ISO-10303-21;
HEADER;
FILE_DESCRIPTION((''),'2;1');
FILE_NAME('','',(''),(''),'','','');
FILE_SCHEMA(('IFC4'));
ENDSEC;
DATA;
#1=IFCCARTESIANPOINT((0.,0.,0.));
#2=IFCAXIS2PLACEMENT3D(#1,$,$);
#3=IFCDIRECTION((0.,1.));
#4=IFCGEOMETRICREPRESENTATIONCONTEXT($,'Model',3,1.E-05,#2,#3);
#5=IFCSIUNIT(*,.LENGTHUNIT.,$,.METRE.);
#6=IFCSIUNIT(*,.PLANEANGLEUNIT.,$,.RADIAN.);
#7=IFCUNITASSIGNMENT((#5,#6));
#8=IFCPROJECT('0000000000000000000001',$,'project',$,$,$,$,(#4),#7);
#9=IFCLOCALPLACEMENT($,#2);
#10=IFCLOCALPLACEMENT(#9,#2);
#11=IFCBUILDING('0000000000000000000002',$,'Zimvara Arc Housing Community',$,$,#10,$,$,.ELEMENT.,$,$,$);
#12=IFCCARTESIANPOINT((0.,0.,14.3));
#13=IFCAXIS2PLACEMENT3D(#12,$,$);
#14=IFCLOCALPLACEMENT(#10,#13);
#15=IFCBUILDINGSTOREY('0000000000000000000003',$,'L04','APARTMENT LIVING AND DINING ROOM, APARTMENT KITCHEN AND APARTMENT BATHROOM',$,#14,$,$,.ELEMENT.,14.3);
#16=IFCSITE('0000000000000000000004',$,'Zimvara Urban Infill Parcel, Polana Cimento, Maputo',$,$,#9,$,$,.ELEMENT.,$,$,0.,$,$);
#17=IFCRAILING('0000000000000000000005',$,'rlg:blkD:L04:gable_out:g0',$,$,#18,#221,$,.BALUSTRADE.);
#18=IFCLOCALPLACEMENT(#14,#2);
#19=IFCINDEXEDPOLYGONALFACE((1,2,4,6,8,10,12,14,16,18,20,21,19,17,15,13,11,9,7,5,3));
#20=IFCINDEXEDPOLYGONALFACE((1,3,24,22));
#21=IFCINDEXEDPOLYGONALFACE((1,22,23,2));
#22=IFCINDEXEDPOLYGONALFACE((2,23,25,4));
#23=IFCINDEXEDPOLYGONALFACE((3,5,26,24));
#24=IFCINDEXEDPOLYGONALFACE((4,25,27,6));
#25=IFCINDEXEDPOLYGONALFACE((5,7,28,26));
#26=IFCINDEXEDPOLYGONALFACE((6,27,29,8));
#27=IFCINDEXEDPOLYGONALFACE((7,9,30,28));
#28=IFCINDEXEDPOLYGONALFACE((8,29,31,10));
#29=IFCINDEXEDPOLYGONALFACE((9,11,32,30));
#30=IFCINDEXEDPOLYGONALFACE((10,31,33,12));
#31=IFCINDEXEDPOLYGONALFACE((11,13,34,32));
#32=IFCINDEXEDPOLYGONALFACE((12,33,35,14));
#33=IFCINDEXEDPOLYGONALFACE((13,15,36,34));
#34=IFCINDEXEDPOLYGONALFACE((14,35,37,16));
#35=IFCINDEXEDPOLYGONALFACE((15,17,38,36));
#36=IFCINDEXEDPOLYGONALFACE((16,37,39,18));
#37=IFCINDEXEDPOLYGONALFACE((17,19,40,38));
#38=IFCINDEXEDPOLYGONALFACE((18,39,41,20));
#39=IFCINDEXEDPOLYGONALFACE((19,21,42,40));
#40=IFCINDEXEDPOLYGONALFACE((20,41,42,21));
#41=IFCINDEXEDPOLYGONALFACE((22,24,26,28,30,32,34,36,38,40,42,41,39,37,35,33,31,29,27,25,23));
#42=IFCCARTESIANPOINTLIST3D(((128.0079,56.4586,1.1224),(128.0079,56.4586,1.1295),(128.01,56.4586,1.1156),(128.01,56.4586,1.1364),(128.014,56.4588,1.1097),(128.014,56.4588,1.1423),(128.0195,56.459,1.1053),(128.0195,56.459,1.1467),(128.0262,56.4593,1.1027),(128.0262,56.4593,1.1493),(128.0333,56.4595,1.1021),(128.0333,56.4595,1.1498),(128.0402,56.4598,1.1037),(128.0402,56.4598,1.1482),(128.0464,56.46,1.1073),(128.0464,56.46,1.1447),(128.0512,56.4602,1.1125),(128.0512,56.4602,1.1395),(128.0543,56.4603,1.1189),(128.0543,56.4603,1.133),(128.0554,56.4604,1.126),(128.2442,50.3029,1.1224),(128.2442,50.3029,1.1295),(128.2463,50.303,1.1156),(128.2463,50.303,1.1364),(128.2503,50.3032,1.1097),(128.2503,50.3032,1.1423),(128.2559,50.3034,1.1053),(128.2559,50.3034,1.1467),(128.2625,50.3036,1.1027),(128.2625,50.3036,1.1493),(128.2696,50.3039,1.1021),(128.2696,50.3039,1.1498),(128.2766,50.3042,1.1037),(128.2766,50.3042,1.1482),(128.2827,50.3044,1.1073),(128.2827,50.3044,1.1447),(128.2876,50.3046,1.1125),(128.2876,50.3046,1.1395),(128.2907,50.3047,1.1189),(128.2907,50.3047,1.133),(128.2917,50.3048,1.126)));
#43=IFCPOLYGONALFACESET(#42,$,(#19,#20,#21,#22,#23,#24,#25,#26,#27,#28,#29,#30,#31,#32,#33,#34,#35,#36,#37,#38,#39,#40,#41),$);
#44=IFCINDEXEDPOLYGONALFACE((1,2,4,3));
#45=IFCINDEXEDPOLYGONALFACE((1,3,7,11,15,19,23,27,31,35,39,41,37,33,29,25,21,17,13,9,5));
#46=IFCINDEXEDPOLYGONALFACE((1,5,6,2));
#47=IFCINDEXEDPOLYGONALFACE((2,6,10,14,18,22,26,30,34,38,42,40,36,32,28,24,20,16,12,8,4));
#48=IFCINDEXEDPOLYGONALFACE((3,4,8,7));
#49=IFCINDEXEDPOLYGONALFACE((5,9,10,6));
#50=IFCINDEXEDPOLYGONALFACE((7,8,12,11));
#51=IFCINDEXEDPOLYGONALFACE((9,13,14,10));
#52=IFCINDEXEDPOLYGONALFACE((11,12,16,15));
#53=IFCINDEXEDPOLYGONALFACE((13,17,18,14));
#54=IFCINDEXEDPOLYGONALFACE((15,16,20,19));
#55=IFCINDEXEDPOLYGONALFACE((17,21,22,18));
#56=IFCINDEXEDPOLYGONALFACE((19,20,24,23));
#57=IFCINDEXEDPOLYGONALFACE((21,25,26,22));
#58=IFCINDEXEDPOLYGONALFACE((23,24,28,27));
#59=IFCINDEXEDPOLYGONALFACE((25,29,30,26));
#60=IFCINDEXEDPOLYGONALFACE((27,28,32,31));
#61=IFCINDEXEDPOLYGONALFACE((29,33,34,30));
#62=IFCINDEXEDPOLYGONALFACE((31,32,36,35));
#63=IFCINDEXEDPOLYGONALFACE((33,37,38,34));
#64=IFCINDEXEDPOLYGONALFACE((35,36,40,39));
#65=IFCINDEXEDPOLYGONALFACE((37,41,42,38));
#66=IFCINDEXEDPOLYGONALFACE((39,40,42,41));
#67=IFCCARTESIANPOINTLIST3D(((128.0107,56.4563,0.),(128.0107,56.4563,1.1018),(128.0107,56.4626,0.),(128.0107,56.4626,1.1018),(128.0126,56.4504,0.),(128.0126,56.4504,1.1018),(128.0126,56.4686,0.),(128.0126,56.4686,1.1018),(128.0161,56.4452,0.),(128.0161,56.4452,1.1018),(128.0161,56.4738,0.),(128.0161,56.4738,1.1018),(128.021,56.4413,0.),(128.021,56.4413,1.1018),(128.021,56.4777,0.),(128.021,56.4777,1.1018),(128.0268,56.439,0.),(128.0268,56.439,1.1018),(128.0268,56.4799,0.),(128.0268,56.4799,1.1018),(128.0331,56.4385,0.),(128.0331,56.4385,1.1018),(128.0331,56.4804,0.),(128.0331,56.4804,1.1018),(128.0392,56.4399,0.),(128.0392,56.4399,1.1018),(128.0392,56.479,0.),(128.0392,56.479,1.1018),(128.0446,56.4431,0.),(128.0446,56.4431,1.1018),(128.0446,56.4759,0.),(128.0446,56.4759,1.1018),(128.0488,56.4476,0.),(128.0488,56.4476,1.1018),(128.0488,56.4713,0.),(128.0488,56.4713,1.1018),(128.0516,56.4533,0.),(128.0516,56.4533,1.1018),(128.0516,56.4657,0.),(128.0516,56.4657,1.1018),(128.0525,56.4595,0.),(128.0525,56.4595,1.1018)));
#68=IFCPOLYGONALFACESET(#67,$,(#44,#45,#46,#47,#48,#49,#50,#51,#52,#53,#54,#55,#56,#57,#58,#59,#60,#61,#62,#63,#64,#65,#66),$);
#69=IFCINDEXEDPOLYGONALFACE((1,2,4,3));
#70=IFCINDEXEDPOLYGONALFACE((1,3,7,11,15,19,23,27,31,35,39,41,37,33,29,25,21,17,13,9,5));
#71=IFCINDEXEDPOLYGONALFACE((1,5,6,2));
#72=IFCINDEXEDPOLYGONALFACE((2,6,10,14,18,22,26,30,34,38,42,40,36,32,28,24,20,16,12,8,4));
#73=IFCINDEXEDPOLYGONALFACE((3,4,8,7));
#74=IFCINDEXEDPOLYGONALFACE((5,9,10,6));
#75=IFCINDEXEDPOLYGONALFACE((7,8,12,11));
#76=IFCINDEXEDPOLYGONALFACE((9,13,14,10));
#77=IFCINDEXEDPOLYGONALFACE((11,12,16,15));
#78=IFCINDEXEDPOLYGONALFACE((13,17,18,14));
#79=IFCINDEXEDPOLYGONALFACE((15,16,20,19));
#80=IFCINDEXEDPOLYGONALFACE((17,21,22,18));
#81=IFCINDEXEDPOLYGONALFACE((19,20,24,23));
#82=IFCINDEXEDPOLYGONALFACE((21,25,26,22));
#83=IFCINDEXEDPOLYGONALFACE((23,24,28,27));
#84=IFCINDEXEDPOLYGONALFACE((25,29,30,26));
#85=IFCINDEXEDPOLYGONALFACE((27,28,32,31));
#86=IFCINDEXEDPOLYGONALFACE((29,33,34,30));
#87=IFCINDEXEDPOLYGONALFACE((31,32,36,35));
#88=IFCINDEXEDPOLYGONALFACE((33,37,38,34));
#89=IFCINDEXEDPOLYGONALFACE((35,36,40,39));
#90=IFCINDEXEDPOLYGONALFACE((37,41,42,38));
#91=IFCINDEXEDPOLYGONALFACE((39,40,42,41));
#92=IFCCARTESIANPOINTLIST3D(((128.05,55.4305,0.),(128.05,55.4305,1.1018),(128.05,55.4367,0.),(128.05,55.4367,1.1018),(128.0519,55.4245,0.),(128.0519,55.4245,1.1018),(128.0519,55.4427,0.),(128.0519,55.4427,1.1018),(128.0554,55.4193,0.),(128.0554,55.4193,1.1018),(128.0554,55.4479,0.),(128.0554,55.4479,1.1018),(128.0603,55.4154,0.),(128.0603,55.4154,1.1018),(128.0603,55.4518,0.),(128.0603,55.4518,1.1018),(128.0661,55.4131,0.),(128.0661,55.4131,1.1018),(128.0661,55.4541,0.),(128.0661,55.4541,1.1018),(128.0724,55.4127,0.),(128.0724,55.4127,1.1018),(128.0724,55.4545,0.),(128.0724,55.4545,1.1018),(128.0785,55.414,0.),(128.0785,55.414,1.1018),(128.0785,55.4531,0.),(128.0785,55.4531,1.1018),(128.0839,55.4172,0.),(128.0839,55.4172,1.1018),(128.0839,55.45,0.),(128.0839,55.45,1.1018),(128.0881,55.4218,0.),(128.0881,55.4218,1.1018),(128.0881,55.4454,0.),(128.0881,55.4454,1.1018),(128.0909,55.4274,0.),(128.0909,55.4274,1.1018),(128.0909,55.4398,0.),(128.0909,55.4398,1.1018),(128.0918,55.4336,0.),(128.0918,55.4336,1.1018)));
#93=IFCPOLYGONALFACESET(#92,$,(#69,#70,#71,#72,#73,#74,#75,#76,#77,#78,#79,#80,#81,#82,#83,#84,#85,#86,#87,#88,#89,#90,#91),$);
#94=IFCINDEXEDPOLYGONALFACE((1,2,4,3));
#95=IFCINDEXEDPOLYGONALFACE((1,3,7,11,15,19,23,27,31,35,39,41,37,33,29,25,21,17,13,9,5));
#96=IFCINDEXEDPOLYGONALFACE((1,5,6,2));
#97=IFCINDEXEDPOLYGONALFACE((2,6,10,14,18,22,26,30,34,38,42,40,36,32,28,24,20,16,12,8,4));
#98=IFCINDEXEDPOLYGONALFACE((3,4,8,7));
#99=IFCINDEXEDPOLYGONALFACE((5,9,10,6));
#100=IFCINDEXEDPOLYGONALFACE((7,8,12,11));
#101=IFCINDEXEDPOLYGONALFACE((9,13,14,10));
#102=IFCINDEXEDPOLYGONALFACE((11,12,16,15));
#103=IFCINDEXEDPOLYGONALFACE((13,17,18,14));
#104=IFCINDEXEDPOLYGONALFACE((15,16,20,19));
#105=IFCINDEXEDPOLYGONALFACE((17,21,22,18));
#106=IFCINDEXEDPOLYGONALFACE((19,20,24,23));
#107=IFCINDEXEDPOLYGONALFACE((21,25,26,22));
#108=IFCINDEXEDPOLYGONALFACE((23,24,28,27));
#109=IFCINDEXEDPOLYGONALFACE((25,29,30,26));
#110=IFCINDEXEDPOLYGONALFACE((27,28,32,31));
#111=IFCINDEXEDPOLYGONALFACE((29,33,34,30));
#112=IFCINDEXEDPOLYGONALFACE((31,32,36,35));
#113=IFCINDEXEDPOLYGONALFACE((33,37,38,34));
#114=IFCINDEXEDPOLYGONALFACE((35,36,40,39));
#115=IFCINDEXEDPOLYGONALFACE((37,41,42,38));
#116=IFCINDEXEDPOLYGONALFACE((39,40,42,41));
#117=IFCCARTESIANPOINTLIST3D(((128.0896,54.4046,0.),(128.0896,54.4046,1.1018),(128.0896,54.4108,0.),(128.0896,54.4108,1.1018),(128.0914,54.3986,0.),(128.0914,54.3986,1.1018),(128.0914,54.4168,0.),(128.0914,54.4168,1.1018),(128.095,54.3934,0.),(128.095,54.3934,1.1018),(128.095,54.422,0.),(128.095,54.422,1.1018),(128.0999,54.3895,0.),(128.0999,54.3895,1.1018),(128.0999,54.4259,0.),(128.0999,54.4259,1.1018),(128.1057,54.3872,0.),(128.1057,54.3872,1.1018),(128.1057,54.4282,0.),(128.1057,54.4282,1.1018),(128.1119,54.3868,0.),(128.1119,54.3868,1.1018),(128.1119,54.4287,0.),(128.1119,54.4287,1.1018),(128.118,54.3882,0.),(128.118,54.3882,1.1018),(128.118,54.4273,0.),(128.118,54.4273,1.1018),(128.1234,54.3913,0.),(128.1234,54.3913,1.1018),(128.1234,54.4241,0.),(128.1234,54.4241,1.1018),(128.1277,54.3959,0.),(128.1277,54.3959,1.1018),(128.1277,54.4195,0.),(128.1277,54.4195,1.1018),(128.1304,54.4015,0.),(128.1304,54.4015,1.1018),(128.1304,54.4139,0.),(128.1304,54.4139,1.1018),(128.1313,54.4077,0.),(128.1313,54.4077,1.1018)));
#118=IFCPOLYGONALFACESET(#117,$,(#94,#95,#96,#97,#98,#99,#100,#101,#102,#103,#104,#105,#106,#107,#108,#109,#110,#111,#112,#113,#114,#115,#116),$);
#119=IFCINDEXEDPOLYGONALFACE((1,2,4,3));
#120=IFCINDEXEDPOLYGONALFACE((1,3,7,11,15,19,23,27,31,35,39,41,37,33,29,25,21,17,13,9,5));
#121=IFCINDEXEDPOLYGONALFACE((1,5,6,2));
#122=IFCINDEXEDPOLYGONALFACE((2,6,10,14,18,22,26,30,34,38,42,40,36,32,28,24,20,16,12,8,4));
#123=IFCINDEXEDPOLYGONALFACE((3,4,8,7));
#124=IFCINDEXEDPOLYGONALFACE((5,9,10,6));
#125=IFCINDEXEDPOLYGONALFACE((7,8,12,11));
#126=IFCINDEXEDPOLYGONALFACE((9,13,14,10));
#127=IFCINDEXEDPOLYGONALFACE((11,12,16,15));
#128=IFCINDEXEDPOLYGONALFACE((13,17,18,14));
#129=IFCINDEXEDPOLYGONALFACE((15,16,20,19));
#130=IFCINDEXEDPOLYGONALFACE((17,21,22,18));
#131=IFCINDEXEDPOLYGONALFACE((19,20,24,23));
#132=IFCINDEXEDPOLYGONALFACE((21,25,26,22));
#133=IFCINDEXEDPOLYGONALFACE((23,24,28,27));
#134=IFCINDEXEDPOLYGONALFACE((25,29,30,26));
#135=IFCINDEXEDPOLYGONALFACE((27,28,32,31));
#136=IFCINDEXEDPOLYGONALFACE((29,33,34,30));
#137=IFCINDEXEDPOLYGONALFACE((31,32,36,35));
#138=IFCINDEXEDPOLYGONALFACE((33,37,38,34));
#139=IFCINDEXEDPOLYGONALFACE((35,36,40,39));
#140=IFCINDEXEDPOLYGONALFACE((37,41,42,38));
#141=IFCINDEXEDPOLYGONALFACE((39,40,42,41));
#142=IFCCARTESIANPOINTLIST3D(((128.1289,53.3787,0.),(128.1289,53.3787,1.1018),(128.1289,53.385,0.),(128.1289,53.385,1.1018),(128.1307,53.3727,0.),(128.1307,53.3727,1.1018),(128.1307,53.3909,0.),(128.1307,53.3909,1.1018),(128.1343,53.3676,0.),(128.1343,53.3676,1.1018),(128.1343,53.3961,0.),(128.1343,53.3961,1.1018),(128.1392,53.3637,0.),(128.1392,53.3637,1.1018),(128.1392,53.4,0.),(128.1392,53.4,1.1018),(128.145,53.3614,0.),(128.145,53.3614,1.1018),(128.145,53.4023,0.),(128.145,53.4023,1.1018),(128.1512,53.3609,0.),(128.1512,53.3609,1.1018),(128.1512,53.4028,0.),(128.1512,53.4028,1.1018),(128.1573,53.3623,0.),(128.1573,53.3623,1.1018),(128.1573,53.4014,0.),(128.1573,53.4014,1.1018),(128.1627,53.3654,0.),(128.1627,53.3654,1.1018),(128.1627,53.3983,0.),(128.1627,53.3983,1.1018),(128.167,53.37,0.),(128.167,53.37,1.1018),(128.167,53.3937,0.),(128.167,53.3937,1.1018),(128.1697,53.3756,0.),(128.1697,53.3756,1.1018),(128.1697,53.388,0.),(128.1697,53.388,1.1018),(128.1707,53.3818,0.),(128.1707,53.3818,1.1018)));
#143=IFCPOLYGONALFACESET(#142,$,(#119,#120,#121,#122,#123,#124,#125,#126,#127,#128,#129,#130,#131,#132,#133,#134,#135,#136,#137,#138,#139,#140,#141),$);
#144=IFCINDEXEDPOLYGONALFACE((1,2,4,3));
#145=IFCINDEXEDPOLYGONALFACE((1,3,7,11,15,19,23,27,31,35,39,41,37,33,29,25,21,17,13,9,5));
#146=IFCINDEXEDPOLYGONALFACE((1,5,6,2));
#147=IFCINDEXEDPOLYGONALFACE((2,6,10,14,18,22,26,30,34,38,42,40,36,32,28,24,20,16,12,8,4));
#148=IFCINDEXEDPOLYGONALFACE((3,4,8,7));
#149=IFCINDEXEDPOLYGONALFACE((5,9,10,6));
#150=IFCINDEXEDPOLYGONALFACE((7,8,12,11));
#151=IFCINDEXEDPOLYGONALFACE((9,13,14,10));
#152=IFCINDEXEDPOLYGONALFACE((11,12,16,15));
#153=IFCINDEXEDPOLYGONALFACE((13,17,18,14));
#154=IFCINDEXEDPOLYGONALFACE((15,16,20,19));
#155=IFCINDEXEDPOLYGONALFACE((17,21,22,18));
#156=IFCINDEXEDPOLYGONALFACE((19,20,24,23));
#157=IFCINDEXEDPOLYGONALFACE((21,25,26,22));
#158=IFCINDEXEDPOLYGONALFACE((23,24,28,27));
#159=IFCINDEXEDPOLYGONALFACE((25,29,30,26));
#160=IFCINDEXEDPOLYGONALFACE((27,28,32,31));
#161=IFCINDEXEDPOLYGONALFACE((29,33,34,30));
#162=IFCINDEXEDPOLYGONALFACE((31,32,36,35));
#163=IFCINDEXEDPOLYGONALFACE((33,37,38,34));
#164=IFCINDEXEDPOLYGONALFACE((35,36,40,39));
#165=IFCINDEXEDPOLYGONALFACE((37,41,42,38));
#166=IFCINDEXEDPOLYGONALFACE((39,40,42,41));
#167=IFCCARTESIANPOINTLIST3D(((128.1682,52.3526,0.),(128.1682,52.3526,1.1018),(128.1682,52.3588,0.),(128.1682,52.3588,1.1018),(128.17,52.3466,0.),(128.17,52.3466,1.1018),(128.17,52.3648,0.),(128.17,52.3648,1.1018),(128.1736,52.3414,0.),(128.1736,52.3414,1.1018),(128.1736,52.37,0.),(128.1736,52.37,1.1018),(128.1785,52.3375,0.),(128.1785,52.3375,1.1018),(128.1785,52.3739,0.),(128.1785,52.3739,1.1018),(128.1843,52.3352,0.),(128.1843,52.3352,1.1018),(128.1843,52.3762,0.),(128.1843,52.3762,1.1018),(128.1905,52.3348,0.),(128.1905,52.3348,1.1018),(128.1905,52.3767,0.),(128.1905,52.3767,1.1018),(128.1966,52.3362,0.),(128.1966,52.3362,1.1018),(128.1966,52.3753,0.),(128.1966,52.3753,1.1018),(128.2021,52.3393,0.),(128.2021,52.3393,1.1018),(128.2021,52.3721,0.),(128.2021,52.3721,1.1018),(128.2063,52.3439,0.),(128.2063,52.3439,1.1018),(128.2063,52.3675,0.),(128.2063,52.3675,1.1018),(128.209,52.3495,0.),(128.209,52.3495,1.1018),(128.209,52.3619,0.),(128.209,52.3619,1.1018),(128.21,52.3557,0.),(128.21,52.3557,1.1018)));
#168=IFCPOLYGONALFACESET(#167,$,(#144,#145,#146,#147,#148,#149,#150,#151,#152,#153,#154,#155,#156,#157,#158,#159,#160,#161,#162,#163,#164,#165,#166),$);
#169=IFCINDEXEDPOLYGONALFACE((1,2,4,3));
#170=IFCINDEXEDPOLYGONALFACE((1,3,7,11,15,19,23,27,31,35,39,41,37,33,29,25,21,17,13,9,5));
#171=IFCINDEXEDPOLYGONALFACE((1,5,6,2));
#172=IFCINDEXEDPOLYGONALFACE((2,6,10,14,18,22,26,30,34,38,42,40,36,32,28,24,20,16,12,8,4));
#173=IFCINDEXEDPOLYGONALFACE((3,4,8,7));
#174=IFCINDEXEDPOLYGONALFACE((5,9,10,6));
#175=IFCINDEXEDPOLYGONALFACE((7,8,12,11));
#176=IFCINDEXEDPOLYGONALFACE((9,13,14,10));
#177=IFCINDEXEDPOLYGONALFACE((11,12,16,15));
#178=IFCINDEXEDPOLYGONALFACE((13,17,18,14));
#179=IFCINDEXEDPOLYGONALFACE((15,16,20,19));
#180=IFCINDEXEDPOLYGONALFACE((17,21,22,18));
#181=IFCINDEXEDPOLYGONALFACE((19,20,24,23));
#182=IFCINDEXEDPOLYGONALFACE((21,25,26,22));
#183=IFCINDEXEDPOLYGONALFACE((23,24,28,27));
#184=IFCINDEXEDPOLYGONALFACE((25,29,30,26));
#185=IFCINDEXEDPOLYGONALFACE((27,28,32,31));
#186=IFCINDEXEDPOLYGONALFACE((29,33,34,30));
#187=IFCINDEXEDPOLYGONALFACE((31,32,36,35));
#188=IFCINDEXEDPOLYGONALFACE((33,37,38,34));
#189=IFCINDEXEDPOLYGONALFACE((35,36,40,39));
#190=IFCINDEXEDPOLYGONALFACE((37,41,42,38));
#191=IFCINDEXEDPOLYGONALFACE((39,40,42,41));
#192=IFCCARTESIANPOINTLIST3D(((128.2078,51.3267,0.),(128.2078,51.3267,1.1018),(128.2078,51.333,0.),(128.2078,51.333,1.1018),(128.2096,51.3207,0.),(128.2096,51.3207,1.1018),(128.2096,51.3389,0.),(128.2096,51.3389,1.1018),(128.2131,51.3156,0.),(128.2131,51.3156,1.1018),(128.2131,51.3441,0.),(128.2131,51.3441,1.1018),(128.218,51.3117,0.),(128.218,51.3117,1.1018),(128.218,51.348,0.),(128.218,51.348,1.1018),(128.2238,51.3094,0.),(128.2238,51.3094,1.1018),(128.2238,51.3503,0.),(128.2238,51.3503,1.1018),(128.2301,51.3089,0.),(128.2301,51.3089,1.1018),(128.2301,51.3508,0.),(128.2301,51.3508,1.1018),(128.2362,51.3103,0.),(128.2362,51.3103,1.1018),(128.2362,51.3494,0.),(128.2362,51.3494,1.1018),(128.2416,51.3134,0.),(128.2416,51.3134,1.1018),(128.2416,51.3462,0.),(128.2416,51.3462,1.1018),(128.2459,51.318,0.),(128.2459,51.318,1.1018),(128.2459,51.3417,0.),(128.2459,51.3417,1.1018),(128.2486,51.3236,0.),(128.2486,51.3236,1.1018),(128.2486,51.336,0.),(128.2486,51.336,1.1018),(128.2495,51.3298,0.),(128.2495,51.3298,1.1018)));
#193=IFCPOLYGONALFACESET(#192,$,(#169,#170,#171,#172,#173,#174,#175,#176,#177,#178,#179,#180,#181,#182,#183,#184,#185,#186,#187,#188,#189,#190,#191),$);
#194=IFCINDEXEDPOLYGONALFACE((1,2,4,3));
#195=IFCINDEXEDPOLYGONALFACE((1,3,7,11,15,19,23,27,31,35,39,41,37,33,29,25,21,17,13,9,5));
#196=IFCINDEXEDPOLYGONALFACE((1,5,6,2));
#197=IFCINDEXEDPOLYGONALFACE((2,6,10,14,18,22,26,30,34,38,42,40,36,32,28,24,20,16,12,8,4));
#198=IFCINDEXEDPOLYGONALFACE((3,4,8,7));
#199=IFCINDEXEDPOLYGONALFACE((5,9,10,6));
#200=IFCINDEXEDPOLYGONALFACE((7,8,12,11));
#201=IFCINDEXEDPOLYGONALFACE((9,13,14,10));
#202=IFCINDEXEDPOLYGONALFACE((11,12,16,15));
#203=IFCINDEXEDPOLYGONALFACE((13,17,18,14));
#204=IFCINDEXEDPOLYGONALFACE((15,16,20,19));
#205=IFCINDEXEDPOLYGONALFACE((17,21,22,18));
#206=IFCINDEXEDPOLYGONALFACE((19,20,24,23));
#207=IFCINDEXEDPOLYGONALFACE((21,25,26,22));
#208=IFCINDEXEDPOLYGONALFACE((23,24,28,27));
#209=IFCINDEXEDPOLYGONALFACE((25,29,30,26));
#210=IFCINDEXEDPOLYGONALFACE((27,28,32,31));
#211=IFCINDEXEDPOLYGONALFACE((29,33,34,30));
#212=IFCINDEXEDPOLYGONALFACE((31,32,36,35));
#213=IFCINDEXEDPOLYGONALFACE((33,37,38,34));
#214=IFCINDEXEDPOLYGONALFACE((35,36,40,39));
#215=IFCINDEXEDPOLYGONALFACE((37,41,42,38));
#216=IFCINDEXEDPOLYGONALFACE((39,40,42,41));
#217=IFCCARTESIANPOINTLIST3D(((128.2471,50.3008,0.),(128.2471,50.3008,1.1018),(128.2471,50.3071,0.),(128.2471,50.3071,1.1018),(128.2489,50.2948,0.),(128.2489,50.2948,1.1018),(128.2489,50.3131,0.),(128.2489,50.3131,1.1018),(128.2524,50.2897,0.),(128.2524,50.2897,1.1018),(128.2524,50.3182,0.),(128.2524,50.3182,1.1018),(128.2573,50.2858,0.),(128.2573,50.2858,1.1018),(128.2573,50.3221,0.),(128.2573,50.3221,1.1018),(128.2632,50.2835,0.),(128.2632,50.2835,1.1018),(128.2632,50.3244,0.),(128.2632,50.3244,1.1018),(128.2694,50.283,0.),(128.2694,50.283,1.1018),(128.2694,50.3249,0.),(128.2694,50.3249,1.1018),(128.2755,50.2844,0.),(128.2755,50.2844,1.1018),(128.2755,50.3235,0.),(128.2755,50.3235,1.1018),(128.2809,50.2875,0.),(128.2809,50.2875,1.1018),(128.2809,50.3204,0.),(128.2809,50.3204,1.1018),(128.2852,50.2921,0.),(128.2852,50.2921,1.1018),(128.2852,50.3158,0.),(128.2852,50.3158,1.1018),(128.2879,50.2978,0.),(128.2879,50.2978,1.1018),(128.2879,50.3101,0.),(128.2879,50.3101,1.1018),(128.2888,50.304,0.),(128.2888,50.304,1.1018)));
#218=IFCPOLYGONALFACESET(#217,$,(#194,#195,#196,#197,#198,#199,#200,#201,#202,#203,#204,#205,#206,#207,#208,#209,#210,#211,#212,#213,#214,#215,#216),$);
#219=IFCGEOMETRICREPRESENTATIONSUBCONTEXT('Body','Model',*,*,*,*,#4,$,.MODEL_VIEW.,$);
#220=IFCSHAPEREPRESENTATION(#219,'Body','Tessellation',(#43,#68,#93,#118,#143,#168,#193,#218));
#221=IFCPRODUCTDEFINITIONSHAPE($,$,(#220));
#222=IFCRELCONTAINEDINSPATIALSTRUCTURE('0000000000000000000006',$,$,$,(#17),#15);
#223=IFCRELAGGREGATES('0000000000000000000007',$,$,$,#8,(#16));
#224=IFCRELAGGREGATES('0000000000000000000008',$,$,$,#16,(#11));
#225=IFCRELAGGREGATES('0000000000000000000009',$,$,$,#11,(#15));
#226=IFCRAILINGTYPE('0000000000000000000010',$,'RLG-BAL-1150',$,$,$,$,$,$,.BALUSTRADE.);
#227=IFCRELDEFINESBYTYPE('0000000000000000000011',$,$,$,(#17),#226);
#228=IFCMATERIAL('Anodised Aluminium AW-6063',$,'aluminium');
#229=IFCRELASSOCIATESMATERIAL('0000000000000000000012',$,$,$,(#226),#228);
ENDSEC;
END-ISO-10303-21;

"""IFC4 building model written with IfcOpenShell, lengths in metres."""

from ifc_helpers import new_model, si_unit, direction, frame, origin, origin_2d, place, context, subcontext, project, spatial, circle, extrude, material, type_object, element, save


model = new_model("IFC4")

# Units and contexts
model_context = context("Model", 3, precision=1e-05, world=origin(), true_north=direction((0.0, 1.0)))
body_context = subcontext(model_context, "Body", "Model", "MODEL_VIEW")
ifc_project = project(units=[si_unit("LENGTHUNIT", "METRE"), si_unit("PLANEANGLEUNIT", "RADIAN")], contexts=[model_context])

# Site, building, storey
site_placement = place(None, origin())
site = spatial("IfcSite", under=ifc_project, at=site_placement, Name="Zimvara Urban Infill Parcel, Polana Cimento, Maputo", CompositionType="ELEMENT", RefElevation=0.0)
building_placement = place(site_placement, origin())
building = spatial("IfcBuilding", under=site, at=building_placement, Name="Zimvara Arc Housing Community", CompositionType="ELEMENT")
storey_placement = place(building_placement, frame((0.0, 0.0, 14.3)))
storey = spatial("IfcBuildingStorey", under=building, at=storey_placement, Name="L04", Description="APARTMENT LIVING AND DINING ROOM, APARTMENT KITCHEN AND APARTMENT BATHROOM", CompositionType="ELEMENT", Elevation=14.3)

# Railing
ifc_material_1 = material(Name="Anodised Aluminium AW-6063", Category="aluminium")
railing_type = type_object("IfcRailingType", Name="RLG-BAL-1150", PredefinedType="BALUSTRADE", material=ifc_material_1)
railing_placement = place(storey_placement, frame((128.0315, 56.4595, 0.0)))
element("IfcRailing", 1, at=railing_placement, inside=storey, type_object=railing_type, Name="rlg:blkD:L04:gable_out:g0", PredefinedType="BALUSTRADE", context=body_context, shape_type="SweptSolid", body=[
    extrude(circle(Radius=0.0239, at=origin_2d()), frame((0.0, 0.0, 1.126), z_axis=(0.038365, -0.999264, 0.0), x_axis=(0.999264, 0.038365, 0.0)), (0.0, 0.0, 1.0), 6.1602),
    extrude(circle(Radius=0.021, at=origin_2d()), origin(), (0.0, 0.0, 1.0), 1.1018),
    extrude(circle(Radius=0.021, at=origin_2d()), frame((0.0393, -1.0259, 0.0)), (0.0, 0.0, 1.0), 1.1018),
    extrude(circle(Radius=0.021, at=origin_2d()), frame((0.0789, -2.0518, 0.0)), (0.0, 0.0, 1.0), 1.1018),
    extrude(circle(Radius=0.021, at=origin_2d()), frame((0.1182, -3.0776, 0.0)), (0.0, 0.0, 1.0), 1.1018),
    extrude(circle(Radius=0.021, at=origin_2d()), frame((0.1575, -4.1038, 0.0)), (0.0, 0.0, 1.0), 1.1018),
    extrude(circle(Radius=0.021, at=origin_2d()), frame((0.197, -5.1296, 0.0)), (0.0, 0.0, 1.0), 1.1018),
    extrude(circle(Radius=0.021, at=origin_2d()), frame((0.2363, -6.1555, 0.0)), (0.0, 0.0, 1.0), 1.1018),
])

save(model, "model.ifc")
